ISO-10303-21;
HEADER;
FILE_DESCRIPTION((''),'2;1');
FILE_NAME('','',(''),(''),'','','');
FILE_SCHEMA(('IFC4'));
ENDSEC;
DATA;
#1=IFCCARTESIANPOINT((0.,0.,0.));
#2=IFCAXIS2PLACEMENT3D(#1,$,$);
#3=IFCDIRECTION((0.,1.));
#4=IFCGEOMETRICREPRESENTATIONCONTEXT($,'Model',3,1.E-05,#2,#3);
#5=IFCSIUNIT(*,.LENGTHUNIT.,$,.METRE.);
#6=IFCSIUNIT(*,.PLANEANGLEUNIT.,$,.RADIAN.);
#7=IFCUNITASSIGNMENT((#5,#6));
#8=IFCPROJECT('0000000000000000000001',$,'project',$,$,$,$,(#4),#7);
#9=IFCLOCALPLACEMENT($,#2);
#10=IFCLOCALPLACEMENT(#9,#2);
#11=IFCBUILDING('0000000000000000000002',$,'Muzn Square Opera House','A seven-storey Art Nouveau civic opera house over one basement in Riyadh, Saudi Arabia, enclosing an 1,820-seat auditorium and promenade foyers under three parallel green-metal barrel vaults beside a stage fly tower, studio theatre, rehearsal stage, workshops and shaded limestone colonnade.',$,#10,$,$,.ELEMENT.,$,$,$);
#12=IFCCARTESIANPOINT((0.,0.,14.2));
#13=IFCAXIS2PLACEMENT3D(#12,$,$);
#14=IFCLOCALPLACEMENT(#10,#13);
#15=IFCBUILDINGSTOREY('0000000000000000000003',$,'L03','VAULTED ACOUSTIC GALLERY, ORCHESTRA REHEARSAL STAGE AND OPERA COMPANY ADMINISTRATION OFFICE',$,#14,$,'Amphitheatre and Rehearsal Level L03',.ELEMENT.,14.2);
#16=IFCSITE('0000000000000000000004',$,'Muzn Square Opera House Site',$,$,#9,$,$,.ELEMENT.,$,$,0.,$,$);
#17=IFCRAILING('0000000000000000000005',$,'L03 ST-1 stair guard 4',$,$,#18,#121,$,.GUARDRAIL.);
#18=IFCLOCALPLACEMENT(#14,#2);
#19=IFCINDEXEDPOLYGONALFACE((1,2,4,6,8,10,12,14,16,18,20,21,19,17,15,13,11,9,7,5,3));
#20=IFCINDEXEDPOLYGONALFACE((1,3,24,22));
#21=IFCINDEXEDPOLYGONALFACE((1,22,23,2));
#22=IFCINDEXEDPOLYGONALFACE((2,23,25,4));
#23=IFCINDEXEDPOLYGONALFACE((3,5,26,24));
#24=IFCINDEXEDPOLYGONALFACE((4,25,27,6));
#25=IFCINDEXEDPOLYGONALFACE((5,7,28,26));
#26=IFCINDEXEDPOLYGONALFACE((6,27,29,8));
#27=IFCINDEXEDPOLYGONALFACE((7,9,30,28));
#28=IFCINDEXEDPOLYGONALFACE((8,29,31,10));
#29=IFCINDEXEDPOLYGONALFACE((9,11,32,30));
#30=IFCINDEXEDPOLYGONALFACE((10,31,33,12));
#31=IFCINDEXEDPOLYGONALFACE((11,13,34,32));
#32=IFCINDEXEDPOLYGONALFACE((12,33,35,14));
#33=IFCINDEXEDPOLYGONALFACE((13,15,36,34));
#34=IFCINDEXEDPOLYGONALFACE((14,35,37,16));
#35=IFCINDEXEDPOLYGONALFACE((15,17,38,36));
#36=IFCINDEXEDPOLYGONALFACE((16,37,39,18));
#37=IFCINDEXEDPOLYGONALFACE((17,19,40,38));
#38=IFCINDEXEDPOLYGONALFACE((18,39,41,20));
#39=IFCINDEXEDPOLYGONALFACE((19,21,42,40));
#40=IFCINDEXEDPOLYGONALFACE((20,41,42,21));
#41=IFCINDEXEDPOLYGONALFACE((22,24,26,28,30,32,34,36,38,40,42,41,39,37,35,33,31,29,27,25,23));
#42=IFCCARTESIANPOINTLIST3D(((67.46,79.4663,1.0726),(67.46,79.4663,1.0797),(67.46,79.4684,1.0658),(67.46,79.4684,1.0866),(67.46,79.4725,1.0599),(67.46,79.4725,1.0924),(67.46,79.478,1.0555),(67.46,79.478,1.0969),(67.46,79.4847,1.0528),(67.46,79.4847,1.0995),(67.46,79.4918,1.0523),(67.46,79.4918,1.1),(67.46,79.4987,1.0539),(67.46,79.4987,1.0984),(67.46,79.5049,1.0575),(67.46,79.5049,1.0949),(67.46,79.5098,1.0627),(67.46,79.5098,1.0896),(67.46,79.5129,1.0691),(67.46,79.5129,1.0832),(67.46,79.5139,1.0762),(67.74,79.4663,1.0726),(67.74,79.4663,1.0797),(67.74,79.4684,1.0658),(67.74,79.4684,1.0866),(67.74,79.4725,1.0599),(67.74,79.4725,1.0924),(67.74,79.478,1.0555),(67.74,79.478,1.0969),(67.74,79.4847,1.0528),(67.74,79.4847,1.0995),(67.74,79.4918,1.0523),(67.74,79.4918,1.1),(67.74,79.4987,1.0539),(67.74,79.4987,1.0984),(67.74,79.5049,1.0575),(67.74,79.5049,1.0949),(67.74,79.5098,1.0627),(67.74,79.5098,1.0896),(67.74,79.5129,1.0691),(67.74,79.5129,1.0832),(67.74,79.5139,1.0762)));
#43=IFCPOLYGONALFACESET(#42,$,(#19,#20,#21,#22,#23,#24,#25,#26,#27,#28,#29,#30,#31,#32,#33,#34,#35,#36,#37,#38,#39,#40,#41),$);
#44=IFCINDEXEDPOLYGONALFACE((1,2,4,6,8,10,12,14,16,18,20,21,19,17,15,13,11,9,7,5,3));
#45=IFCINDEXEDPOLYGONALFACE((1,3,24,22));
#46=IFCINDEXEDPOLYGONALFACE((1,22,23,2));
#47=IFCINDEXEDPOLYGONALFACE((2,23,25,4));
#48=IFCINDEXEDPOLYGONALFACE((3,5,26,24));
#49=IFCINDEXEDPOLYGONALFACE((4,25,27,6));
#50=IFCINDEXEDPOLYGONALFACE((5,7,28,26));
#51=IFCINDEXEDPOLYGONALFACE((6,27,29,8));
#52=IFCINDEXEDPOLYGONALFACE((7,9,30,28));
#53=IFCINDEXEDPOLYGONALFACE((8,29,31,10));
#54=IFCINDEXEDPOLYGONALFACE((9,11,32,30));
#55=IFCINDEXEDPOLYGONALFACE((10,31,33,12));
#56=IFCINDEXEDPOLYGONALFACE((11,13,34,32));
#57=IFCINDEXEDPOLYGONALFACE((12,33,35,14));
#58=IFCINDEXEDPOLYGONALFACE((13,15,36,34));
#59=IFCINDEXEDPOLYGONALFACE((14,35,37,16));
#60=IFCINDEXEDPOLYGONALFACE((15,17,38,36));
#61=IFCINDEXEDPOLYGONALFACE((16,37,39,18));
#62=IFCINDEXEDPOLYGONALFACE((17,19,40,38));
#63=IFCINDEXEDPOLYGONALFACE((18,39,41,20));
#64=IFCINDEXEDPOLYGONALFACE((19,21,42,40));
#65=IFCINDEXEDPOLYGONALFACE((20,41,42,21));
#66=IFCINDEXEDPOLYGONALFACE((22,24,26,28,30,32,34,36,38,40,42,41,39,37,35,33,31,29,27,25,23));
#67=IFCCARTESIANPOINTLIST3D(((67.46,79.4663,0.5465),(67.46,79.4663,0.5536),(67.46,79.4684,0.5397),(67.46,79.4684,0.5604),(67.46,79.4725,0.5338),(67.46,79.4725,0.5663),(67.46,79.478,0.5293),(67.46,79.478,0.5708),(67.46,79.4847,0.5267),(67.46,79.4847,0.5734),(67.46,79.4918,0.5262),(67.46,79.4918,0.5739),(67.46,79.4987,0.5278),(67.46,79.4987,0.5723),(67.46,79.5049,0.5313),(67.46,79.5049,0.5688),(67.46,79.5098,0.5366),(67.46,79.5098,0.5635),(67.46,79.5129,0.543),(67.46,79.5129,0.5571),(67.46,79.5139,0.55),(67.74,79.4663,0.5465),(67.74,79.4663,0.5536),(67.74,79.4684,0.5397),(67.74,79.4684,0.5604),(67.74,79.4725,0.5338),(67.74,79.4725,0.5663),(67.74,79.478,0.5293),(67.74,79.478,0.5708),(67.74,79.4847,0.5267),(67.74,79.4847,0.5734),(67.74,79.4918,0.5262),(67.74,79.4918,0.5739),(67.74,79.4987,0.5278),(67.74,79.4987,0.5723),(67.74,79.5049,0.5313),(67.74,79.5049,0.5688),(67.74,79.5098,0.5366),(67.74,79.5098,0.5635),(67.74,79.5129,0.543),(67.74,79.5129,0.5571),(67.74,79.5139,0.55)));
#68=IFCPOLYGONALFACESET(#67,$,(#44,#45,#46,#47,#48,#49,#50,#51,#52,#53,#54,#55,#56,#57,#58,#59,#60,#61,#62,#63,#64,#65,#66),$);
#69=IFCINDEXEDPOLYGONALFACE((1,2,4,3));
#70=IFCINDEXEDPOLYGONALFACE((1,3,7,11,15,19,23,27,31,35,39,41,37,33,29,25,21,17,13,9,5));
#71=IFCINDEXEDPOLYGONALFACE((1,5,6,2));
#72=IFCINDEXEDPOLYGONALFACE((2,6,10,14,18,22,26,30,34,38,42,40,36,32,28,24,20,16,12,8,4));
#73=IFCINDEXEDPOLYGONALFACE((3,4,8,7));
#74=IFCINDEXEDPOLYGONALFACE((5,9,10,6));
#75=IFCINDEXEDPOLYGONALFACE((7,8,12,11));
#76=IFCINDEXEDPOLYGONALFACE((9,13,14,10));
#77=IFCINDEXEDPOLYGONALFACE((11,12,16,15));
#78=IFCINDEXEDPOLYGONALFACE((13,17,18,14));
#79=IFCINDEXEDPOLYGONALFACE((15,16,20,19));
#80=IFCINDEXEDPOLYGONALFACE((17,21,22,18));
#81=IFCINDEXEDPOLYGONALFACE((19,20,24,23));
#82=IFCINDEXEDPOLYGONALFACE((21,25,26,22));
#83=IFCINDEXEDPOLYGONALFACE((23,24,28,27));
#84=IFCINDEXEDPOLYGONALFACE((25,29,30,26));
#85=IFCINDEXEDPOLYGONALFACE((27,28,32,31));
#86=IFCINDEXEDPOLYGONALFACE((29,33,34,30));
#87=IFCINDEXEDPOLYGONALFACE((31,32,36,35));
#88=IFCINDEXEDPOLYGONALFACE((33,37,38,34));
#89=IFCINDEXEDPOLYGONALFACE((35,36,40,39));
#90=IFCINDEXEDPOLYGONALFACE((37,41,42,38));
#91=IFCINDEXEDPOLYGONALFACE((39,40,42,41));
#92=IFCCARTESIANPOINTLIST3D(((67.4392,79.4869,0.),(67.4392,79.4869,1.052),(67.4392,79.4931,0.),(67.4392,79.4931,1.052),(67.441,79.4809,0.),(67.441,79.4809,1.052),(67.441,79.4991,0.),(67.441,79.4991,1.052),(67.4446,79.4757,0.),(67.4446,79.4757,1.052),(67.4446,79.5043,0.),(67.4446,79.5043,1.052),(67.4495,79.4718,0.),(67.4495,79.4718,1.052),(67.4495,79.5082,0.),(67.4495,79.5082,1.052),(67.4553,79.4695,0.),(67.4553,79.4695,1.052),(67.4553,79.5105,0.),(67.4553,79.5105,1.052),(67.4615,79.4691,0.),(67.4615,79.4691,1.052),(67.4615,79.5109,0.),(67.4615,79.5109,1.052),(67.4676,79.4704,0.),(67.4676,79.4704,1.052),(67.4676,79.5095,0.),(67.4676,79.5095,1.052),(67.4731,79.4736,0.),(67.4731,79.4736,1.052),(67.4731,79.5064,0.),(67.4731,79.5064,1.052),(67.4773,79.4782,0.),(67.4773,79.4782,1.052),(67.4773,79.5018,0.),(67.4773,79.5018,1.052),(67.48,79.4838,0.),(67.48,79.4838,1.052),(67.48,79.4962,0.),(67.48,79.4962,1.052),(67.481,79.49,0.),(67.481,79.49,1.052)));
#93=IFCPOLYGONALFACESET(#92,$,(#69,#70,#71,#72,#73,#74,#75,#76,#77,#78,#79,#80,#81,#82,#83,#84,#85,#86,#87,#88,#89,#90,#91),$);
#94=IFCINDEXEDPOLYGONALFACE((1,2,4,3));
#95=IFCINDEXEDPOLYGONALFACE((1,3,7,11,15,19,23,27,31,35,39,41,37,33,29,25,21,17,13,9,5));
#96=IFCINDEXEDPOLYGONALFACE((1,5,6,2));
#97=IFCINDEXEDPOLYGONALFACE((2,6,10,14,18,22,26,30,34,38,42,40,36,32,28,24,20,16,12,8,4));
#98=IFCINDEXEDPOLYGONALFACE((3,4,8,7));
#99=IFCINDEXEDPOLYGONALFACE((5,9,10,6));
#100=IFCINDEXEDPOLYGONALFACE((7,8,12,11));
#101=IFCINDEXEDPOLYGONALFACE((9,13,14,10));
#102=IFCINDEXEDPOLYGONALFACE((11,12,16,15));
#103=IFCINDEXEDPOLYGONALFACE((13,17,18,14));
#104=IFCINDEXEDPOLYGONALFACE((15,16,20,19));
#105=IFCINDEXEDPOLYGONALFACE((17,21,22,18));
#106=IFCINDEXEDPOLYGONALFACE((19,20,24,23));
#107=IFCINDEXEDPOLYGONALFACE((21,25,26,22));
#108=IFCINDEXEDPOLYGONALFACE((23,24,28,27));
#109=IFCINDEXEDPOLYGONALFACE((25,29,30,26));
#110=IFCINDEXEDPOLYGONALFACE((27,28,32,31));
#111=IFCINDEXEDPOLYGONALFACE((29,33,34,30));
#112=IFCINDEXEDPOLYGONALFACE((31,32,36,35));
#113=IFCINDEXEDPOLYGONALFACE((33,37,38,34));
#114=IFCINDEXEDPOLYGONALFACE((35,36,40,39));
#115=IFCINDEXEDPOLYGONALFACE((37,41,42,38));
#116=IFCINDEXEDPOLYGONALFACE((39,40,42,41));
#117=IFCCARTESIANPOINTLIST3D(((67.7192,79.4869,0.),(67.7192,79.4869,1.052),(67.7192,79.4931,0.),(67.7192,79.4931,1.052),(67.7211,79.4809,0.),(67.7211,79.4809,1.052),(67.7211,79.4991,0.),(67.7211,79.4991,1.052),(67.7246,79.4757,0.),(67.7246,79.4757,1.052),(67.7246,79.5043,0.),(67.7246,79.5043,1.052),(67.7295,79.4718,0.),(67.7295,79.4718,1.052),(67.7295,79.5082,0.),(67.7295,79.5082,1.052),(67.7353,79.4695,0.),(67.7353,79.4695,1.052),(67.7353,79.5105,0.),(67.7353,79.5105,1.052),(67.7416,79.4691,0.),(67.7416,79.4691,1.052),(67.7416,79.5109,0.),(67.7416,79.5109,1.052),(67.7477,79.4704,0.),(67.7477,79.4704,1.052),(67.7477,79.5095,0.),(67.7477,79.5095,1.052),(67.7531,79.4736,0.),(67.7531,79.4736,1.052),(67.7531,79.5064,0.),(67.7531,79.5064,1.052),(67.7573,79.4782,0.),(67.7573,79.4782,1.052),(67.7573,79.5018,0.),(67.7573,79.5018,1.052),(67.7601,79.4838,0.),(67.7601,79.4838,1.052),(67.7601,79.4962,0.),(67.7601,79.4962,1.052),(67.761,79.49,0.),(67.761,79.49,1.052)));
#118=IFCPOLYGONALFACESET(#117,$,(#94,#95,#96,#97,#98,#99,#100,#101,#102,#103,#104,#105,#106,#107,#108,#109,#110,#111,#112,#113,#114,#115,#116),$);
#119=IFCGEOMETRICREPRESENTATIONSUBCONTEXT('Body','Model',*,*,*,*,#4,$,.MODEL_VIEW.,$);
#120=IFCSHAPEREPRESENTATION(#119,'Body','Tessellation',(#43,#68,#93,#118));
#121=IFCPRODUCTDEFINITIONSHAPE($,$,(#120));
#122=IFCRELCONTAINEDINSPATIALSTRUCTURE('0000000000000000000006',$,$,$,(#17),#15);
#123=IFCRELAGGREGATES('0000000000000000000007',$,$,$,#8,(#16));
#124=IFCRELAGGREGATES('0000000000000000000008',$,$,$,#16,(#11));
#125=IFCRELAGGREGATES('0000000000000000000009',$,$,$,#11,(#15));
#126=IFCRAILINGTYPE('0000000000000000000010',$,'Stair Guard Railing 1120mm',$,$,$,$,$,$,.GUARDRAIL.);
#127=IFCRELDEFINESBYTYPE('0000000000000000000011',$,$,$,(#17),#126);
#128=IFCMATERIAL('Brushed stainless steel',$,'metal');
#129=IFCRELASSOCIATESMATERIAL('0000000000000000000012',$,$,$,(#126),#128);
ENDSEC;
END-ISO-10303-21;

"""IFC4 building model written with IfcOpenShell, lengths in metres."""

from ifc_helpers import new_model, si_unit, direction, frame, origin, origin_2d, place, context, subcontext, project, spatial, circle, extrude, material, type_object, element, save


model = new_model("IFC4")

# Units and contexts
model_context = context("Model", 3, precision=1e-05, world=origin(), true_north=direction((0.0, 1.0)))
body_context = subcontext(model_context, "Body", "Model", "MODEL_VIEW")
ifc_project = project(units=[si_unit("LENGTHUNIT", "METRE"), si_unit("PLANEANGLEUNIT", "RADIAN")], contexts=[model_context])

# Site, building, storey
site_placement = place(None, origin())
site = spatial("IfcSite", under=ifc_project, at=site_placement, Name="Muzn Square Opera House Site", CompositionType="ELEMENT", RefElevation=0.0)
building_placement = place(site_placement, origin())
building = spatial("IfcBuilding", under=site, at=building_placement, Name="Muzn Square Opera House", Description="A seven-storey Art Nouveau civic opera house over one basement in Riyadh, Saudi Arabia, enclosing an 1,820-seat auditorium and promenade foyers under three parallel green-metal barrel vaults beside a stage fly tower, studio theatre, rehearsal stage, workshops and shaded limestone colonnade.", CompositionType="ELEMENT")
storey_placement = place(building_placement, frame((0.0, 0.0, 14.2)))
storey = spatial("IfcBuildingStorey", under=building, at=storey_placement, Name="L03", Description="VAULTED ACOUSTIC GALLERY, ORCHESTRA REHEARSAL STAGE AND OPERA COMPANY ADMINISTRATION OFFICE", LongName="Amphitheatre and Rehearsal Level L03", CompositionType="ELEMENT", Elevation=14.2)

# Shared definitions
ifc_material_1 = material(Name="Brushed stainless steel", Category="metal")

# Railing
railing_type_1 = type_object("IfcRailingType", Name="Stair Guard Railing 1120mm", PredefinedType="GUARDRAIL", material=ifc_material_1)
railing_1_placement = place(storey_placement, frame((67.46, 79.49, 0.0)))
element("IfcRailing", 1, at=railing_1_placement, inside=storey, type_object=railing_type_1, Name="L03 ST-1 stair guard 4", PredefinedType="GUARDRAIL", context=body_context, shape_type="SweptSolid", body=[
    extrude(circle(Radius=0.0239, at=origin_2d()), frame((0.0, 0.0, 1.0762), z_axis=(1.0, 0.0, 0.0), x_axis=(0.0, 1.0, 0.0)), (0.0, 0.0, 1.0), 0.28),
    extrude(circle(Radius=0.0239, at=origin_2d()), frame((0.0, 0.0, 0.55), z_axis=(1.0, 0.0, 0.0), x_axis=(0.0, 1.0, 0.0)), (0.0, 0.0, 1.0), 0.28),
    extrude(circle(Radius=0.021, at=origin_2d()), origin(), (0.0, 0.0, 1.0), 1.052),
    extrude(circle(Radius=0.021, at=origin_2d()), frame((0.28, 0.0, 0.0)), (0.0, 0.0, 1.0), 1.052),
])

save(model, "model.ifc")
